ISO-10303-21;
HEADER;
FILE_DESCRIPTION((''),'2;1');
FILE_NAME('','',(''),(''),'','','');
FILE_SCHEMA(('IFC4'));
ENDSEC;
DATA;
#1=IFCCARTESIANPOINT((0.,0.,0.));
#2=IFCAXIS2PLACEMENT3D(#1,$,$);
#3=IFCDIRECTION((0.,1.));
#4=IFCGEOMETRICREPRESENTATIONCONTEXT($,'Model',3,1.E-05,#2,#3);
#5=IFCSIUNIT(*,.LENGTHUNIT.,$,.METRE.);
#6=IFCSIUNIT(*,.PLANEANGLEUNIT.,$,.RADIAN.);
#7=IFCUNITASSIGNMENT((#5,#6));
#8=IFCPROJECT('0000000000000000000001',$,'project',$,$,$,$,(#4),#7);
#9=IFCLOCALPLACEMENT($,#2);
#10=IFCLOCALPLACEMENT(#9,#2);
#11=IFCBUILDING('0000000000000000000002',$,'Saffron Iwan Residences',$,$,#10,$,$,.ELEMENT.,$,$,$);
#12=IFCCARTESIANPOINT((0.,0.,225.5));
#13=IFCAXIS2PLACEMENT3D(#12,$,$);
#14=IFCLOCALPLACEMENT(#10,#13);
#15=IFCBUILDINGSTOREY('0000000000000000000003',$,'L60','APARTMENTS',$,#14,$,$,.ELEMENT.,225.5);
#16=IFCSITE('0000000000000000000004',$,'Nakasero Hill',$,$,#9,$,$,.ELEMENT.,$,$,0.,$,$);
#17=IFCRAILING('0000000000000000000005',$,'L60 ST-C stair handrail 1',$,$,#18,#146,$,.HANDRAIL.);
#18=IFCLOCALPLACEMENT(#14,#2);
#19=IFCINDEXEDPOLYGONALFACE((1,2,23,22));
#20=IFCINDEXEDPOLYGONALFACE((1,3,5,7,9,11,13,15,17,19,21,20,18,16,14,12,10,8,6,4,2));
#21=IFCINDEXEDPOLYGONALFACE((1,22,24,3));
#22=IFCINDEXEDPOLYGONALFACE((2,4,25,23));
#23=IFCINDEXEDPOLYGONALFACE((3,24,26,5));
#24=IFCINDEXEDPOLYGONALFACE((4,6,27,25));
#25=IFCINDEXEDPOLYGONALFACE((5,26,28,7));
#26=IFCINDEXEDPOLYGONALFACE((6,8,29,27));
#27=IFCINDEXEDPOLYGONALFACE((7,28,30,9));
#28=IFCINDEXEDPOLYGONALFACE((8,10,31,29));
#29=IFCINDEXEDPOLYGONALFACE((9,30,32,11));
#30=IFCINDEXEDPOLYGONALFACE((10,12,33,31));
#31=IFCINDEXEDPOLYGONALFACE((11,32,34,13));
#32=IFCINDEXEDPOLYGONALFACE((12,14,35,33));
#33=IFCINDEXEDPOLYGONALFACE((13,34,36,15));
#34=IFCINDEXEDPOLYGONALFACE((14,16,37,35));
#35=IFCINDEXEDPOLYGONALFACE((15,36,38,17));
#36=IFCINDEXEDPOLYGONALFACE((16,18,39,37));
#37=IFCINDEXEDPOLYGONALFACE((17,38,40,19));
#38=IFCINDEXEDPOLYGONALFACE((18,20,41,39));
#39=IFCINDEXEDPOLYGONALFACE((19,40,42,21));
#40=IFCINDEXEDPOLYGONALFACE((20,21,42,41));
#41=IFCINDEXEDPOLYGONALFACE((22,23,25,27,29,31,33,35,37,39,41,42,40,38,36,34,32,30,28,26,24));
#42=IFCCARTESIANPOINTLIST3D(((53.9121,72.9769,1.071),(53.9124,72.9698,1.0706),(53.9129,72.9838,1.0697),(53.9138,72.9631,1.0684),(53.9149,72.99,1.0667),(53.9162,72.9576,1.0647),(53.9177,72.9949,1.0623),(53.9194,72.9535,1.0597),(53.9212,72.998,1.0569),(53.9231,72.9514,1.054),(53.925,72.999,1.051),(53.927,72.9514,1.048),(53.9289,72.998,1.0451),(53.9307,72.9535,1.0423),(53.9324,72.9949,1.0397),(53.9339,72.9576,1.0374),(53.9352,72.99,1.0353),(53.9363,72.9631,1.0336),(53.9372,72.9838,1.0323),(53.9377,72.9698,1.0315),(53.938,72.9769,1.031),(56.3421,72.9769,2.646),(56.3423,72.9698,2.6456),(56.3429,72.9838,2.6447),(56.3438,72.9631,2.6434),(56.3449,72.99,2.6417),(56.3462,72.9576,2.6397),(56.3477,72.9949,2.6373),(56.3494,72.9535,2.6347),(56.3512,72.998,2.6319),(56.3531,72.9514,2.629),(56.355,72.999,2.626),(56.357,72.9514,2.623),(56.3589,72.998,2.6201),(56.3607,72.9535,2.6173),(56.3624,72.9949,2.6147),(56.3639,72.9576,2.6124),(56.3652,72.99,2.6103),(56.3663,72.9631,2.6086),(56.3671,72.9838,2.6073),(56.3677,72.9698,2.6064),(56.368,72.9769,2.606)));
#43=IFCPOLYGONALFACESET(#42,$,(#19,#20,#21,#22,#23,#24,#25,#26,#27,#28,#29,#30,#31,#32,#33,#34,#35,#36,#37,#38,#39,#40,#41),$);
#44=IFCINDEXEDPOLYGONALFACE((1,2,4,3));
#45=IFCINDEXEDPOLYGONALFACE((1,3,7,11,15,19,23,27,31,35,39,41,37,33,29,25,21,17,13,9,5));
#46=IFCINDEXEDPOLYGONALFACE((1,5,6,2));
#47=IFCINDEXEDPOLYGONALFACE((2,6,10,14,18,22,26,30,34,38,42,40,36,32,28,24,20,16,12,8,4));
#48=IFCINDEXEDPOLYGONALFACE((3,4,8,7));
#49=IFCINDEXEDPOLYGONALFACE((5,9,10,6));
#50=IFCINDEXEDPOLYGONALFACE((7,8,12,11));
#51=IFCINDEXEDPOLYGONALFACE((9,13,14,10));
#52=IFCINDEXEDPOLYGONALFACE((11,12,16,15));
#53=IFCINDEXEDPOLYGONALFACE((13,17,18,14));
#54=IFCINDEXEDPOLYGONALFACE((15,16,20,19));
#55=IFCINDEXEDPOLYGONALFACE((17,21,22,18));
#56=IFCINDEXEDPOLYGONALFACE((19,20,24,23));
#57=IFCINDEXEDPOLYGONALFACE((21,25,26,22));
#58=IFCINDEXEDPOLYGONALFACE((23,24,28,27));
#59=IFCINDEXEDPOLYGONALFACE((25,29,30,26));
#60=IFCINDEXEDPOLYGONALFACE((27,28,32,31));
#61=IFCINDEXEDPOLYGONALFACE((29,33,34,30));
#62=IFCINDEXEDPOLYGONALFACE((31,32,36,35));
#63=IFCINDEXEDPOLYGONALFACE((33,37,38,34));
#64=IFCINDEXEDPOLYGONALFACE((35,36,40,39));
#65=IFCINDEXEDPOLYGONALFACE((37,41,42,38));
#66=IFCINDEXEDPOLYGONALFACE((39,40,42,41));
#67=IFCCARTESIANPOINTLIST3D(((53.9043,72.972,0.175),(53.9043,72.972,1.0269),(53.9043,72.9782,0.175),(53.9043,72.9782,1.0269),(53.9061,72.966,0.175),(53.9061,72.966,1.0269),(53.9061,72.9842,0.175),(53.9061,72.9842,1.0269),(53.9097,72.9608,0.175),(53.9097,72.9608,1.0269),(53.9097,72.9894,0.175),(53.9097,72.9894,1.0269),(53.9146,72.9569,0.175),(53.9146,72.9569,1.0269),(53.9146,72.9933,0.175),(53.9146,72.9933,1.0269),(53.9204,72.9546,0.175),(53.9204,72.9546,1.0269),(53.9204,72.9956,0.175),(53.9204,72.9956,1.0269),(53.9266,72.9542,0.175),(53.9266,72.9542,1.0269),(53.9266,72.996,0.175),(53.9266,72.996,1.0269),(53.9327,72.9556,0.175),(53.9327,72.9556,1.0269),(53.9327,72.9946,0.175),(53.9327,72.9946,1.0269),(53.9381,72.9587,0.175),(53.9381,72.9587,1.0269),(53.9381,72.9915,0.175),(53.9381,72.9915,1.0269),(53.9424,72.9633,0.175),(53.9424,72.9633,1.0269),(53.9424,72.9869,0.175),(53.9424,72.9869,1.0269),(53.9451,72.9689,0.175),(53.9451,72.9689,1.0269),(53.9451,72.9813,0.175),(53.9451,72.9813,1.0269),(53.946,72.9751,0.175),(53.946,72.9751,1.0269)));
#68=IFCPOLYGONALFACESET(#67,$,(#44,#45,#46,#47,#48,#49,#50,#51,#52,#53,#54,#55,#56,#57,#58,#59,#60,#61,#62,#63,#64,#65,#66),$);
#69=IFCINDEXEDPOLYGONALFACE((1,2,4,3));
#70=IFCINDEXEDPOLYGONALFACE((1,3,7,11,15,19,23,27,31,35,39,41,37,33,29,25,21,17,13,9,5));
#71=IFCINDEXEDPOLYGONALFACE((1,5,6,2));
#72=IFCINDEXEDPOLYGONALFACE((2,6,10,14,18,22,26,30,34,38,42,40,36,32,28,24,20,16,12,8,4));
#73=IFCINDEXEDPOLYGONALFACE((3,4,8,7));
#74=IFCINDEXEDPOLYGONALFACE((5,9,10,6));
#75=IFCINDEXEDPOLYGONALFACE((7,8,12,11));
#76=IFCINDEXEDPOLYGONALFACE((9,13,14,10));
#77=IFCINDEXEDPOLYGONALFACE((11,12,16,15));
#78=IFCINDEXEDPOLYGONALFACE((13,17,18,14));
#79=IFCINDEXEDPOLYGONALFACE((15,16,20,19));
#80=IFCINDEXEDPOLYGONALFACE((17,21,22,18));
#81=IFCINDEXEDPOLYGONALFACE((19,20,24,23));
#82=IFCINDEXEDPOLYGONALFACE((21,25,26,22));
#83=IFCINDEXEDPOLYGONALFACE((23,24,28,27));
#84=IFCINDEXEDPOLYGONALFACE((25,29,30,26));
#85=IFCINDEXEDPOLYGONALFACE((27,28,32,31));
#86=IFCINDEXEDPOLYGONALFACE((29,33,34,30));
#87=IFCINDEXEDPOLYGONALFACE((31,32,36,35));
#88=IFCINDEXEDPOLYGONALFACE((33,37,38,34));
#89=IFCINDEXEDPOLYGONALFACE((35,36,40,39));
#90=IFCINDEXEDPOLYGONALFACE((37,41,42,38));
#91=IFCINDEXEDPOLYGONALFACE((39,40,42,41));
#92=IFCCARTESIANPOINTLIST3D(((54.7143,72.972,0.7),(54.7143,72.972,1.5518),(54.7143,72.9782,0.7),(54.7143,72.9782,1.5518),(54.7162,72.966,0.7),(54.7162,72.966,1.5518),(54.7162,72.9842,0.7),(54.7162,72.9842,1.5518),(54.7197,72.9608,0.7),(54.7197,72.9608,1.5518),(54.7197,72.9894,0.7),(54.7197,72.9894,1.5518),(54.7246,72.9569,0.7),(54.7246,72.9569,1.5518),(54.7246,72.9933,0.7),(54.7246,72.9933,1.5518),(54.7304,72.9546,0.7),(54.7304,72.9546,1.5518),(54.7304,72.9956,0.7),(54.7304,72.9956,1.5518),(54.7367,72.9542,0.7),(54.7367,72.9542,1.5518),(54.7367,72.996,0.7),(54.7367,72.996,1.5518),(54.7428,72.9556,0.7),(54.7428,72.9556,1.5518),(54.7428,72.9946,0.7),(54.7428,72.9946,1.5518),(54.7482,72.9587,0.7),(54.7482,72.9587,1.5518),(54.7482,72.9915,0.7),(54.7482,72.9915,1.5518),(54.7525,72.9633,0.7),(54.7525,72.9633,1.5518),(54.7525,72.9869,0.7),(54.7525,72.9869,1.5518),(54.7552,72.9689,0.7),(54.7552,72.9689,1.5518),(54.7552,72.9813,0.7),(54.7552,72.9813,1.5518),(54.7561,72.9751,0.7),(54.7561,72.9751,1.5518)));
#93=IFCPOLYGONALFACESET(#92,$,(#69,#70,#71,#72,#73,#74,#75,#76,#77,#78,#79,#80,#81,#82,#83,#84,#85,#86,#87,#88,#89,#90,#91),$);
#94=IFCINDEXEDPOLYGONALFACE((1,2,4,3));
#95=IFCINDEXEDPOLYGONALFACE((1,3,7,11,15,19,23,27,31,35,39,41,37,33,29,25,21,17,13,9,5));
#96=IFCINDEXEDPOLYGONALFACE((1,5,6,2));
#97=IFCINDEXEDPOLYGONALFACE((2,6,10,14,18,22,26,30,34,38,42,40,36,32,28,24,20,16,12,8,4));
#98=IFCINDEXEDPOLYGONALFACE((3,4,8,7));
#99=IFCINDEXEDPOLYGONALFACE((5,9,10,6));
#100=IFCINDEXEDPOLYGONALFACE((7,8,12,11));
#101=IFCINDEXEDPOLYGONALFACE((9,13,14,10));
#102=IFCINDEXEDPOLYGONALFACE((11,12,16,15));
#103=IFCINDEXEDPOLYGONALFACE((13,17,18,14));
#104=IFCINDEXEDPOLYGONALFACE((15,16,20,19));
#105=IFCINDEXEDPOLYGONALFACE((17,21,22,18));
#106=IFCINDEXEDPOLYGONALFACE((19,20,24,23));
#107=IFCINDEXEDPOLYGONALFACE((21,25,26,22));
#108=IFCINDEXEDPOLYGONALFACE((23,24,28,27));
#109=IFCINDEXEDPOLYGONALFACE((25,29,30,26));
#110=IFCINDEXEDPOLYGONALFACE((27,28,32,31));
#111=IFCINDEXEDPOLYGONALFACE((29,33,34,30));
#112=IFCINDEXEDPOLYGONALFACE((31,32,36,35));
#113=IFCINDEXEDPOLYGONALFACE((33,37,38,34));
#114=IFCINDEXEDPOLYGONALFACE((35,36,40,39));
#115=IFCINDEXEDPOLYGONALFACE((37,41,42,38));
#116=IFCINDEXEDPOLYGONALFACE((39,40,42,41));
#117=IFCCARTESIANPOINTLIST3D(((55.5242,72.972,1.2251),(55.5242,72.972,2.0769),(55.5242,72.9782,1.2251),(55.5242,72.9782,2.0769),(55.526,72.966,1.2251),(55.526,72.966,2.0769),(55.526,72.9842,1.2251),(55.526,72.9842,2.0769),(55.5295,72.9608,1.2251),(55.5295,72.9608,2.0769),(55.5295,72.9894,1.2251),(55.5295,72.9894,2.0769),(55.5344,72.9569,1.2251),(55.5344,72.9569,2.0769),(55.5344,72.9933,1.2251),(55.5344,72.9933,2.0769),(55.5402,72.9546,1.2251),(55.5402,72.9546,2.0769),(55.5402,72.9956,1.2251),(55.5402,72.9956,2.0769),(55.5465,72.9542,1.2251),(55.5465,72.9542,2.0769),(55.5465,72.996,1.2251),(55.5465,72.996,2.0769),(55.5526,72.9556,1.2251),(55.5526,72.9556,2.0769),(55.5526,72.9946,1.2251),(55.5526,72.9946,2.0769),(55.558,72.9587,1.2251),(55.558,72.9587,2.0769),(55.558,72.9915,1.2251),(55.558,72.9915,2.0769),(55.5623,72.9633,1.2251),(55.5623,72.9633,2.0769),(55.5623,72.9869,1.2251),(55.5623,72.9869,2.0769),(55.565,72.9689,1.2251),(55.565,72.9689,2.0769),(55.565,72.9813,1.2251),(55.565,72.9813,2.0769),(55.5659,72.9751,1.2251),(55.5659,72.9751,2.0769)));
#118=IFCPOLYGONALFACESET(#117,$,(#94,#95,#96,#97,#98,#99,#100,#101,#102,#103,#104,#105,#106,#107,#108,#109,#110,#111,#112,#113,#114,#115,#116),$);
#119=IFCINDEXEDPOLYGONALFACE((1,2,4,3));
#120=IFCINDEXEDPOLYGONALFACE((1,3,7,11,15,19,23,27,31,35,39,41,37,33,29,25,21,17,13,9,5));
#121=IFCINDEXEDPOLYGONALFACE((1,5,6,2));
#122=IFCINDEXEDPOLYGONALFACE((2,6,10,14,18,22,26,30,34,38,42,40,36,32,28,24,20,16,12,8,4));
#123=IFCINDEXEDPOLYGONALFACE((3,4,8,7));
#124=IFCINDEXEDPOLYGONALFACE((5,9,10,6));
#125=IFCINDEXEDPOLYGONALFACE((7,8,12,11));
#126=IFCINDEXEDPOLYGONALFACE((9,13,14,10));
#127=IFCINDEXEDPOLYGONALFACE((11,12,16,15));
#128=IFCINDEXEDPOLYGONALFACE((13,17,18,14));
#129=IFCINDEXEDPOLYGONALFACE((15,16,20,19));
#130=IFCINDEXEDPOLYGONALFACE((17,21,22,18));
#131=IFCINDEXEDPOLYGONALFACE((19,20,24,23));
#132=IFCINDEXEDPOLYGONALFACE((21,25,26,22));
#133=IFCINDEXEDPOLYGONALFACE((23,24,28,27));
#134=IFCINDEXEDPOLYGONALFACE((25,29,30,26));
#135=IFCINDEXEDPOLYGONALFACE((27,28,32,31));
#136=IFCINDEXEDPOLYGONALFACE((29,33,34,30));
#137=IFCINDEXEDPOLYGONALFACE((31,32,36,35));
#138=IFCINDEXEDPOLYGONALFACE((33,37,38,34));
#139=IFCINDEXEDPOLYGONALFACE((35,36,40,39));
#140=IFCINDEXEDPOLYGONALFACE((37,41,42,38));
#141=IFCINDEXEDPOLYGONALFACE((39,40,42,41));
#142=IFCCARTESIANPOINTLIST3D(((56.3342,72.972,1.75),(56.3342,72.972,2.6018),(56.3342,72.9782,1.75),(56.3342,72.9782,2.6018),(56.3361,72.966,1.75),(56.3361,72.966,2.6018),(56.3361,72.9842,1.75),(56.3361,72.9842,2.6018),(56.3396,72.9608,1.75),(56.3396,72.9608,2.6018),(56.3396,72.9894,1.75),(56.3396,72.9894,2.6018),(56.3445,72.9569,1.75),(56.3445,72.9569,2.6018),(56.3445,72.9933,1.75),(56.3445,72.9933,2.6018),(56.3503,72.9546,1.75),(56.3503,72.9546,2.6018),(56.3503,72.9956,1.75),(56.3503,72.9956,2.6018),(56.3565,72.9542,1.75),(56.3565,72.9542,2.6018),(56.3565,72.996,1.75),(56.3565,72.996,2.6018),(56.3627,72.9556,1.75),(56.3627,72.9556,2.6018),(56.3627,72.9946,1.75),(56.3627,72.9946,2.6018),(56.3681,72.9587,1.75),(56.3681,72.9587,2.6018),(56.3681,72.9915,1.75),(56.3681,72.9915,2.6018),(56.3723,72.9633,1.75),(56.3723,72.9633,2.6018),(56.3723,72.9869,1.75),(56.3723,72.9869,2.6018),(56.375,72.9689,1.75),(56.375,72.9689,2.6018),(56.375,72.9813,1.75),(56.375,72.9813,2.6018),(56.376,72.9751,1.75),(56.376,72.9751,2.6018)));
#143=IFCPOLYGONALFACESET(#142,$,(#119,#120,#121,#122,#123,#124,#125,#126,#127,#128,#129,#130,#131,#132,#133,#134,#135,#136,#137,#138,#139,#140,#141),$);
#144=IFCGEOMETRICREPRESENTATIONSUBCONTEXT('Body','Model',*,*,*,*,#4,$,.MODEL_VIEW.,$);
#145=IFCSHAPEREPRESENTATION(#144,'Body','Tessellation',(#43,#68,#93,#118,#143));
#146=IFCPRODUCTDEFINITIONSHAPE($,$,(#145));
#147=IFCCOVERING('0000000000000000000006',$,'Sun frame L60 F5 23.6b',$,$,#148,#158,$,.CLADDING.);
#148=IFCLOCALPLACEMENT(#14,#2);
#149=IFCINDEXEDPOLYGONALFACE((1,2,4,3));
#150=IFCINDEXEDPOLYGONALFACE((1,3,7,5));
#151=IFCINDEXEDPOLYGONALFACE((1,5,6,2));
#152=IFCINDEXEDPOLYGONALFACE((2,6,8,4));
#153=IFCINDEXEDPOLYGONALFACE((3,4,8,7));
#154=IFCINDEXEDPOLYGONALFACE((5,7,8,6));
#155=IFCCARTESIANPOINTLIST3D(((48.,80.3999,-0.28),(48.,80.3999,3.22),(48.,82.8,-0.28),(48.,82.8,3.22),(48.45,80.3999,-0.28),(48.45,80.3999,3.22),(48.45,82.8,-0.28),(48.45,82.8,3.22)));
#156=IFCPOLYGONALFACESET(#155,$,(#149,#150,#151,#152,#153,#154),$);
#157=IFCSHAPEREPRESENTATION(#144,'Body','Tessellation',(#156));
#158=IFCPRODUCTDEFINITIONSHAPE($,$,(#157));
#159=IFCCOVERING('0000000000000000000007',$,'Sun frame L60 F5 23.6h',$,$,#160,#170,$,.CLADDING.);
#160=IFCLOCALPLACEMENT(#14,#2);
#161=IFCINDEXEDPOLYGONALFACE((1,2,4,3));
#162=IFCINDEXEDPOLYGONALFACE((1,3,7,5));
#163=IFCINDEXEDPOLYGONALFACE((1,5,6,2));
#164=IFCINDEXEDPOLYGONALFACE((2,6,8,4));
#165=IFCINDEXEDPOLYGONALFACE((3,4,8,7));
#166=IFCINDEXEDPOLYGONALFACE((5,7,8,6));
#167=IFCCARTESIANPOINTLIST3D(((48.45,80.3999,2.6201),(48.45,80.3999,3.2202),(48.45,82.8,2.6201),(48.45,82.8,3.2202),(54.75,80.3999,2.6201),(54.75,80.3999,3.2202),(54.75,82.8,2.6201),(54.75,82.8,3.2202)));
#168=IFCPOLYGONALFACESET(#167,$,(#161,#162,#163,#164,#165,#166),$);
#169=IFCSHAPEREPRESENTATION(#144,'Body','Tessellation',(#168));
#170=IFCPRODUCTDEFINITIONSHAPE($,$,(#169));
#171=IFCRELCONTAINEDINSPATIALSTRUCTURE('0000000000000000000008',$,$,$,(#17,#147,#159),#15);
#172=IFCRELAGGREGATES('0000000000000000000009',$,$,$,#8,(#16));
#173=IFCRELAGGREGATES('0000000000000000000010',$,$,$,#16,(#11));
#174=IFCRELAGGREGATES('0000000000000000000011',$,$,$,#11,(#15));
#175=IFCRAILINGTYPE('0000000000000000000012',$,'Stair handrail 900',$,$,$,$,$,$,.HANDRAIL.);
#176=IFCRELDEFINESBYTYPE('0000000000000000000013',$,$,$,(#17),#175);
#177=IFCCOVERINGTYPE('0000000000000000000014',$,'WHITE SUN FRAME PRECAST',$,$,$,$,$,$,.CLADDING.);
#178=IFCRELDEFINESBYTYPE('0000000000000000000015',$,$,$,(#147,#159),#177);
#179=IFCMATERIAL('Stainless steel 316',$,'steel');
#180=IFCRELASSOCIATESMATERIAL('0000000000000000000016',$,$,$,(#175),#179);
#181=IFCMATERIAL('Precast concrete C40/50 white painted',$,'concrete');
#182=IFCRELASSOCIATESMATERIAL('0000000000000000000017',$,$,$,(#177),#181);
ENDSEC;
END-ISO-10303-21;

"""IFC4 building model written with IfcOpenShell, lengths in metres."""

from ifc_helpers import new_model, si_unit, direction, frame, origin, origin_2d, place, context, subcontext, project, spatial, polyline, circle, outline, extrude, material, type_object, element, save


model = new_model("IFC4")

# Units and contexts
model_context = context("Model", 3, precision=1e-05, world=origin(), true_north=direction((0.0, 1.0)))
body_context = subcontext(model_context, "Body", "Model", "MODEL_VIEW")
ifc_project = project(units=[si_unit("LENGTHUNIT", "METRE"), si_unit("PLANEANGLEUNIT", "RADIAN")], contexts=[model_context])

# Site, building, storey
site_placement = place(None, origin())
site = spatial("IfcSite", under=ifc_project, at=site_placement, Name="Nakasero Hill", CompositionType="ELEMENT", RefElevation=0.0)
building_placement = place(site_placement, origin())
building = spatial("IfcBuilding", under=site, at=building_placement, Name="Saffron Iwan Residences", CompositionType="ELEMENT")
storey_placement = place(building_placement, frame((0.0, 0.0, 225.5)))
storey = spatial("IfcBuildingStorey", under=building, at=storey_placement, Name="L60", Description="APARTMENTS", CompositionType="ELEMENT", Elevation=225.5)

# Railing
ifc_material_1 = material(Name="Stainless steel 316", Category="steel")
railing_type_1 = type_object("IfcRailingType", Name="Stair handrail 900", PredefinedType="HANDRAIL", material=ifc_material_1)
railing_1_placement = place(storey_placement, frame((53.925, 72.9751, 0.175)))
element("IfcRailing", 1, at=railing_1_placement, inside=storey, type_object=railing_type_1, Name="L60 ST-C stair handrail 1", PredefinedType="HANDRAIL", context=body_context, shape_type="SweptSolid", body=[
    extrude(circle(Radius=0.0239, at=origin_2d()), frame((0.0, 0.0, 0.876), z_axis=(0.839154, 0.0, 0.543894), x_axis=(0.0, 1.0, 0.0)), (0.0, 0.0, 1.0), 2.8958),
    extrude(circle(Radius=0.021, at=origin_2d()), origin(), (0.0, 0.0, 1.0), 0.8518),
    extrude(circle(Radius=0.021, at=origin_2d()), frame((0.8101, 0.0, 0.5249)), (0.0, 0.0, 1.0), 0.8518),
    extrude(circle(Radius=0.021, at=origin_2d()), frame((1.6199, 0.0, 1.05)), (0.0, 0.0, 1.0), 0.8518),
    extrude(circle(Radius=0.021, at=origin_2d()), frame((2.4299, 0.0, 1.575)), (0.0, 0.0, 1.0), 0.8518),
])

# Coverings
ifc_material_2 = material(Name="Precast concrete C40/50 white painted", Category="concrete")
covering_type_1 = type_object("IfcCoveringType", Name="WHITE SUN FRAME PRECAST", PredefinedType="CLADDING", material=ifc_material_2)
covering_1_placement = place(storey_placement, frame((48.45, 80.3999, -0.28), z_axis=(0.0, 1.0, 0.0), x_axis=(-1.0, 0.0, 0.0)))
element("IfcCovering", 2, at=covering_1_placement, inside=storey, type_object=covering_type_1, Name="Sun frame L60 F5 23.6b", PredefinedType="CLADDING", context=body_context, shape_type="SweptSolid", body=[
    extrude(outline(polyline([(0.0, 0.0), (0.45, 0.0), (0.45, 3.5), (0.0, 3.5), (0.0, 0.0)])), origin(), (0.0, 0.0, 1.0), 2.4001),
])
covering_2_placement = place(storey_placement, frame((54.75, 80.3999, 2.6201), z_axis=(0.0, 1.0, 0.0), x_axis=(-1.0, 0.0, 0.0)))
element("IfcCovering", 3, at=covering_2_placement, inside=storey, type_object=covering_type_1, Name="Sun frame L60 F5 23.6h", PredefinedType="CLADDING", context=body_context, shape_type="SweptSolid", body=[
    extrude(outline(polyline([(0.0, 0.0), (6.3, 0.0), (6.3, 0.6001), (0.0, 0.6001), (0.0, 0.0)])), origin(), (0.0, 0.0, 1.0), 2.4001),
])

save(model, "model.ifc")
